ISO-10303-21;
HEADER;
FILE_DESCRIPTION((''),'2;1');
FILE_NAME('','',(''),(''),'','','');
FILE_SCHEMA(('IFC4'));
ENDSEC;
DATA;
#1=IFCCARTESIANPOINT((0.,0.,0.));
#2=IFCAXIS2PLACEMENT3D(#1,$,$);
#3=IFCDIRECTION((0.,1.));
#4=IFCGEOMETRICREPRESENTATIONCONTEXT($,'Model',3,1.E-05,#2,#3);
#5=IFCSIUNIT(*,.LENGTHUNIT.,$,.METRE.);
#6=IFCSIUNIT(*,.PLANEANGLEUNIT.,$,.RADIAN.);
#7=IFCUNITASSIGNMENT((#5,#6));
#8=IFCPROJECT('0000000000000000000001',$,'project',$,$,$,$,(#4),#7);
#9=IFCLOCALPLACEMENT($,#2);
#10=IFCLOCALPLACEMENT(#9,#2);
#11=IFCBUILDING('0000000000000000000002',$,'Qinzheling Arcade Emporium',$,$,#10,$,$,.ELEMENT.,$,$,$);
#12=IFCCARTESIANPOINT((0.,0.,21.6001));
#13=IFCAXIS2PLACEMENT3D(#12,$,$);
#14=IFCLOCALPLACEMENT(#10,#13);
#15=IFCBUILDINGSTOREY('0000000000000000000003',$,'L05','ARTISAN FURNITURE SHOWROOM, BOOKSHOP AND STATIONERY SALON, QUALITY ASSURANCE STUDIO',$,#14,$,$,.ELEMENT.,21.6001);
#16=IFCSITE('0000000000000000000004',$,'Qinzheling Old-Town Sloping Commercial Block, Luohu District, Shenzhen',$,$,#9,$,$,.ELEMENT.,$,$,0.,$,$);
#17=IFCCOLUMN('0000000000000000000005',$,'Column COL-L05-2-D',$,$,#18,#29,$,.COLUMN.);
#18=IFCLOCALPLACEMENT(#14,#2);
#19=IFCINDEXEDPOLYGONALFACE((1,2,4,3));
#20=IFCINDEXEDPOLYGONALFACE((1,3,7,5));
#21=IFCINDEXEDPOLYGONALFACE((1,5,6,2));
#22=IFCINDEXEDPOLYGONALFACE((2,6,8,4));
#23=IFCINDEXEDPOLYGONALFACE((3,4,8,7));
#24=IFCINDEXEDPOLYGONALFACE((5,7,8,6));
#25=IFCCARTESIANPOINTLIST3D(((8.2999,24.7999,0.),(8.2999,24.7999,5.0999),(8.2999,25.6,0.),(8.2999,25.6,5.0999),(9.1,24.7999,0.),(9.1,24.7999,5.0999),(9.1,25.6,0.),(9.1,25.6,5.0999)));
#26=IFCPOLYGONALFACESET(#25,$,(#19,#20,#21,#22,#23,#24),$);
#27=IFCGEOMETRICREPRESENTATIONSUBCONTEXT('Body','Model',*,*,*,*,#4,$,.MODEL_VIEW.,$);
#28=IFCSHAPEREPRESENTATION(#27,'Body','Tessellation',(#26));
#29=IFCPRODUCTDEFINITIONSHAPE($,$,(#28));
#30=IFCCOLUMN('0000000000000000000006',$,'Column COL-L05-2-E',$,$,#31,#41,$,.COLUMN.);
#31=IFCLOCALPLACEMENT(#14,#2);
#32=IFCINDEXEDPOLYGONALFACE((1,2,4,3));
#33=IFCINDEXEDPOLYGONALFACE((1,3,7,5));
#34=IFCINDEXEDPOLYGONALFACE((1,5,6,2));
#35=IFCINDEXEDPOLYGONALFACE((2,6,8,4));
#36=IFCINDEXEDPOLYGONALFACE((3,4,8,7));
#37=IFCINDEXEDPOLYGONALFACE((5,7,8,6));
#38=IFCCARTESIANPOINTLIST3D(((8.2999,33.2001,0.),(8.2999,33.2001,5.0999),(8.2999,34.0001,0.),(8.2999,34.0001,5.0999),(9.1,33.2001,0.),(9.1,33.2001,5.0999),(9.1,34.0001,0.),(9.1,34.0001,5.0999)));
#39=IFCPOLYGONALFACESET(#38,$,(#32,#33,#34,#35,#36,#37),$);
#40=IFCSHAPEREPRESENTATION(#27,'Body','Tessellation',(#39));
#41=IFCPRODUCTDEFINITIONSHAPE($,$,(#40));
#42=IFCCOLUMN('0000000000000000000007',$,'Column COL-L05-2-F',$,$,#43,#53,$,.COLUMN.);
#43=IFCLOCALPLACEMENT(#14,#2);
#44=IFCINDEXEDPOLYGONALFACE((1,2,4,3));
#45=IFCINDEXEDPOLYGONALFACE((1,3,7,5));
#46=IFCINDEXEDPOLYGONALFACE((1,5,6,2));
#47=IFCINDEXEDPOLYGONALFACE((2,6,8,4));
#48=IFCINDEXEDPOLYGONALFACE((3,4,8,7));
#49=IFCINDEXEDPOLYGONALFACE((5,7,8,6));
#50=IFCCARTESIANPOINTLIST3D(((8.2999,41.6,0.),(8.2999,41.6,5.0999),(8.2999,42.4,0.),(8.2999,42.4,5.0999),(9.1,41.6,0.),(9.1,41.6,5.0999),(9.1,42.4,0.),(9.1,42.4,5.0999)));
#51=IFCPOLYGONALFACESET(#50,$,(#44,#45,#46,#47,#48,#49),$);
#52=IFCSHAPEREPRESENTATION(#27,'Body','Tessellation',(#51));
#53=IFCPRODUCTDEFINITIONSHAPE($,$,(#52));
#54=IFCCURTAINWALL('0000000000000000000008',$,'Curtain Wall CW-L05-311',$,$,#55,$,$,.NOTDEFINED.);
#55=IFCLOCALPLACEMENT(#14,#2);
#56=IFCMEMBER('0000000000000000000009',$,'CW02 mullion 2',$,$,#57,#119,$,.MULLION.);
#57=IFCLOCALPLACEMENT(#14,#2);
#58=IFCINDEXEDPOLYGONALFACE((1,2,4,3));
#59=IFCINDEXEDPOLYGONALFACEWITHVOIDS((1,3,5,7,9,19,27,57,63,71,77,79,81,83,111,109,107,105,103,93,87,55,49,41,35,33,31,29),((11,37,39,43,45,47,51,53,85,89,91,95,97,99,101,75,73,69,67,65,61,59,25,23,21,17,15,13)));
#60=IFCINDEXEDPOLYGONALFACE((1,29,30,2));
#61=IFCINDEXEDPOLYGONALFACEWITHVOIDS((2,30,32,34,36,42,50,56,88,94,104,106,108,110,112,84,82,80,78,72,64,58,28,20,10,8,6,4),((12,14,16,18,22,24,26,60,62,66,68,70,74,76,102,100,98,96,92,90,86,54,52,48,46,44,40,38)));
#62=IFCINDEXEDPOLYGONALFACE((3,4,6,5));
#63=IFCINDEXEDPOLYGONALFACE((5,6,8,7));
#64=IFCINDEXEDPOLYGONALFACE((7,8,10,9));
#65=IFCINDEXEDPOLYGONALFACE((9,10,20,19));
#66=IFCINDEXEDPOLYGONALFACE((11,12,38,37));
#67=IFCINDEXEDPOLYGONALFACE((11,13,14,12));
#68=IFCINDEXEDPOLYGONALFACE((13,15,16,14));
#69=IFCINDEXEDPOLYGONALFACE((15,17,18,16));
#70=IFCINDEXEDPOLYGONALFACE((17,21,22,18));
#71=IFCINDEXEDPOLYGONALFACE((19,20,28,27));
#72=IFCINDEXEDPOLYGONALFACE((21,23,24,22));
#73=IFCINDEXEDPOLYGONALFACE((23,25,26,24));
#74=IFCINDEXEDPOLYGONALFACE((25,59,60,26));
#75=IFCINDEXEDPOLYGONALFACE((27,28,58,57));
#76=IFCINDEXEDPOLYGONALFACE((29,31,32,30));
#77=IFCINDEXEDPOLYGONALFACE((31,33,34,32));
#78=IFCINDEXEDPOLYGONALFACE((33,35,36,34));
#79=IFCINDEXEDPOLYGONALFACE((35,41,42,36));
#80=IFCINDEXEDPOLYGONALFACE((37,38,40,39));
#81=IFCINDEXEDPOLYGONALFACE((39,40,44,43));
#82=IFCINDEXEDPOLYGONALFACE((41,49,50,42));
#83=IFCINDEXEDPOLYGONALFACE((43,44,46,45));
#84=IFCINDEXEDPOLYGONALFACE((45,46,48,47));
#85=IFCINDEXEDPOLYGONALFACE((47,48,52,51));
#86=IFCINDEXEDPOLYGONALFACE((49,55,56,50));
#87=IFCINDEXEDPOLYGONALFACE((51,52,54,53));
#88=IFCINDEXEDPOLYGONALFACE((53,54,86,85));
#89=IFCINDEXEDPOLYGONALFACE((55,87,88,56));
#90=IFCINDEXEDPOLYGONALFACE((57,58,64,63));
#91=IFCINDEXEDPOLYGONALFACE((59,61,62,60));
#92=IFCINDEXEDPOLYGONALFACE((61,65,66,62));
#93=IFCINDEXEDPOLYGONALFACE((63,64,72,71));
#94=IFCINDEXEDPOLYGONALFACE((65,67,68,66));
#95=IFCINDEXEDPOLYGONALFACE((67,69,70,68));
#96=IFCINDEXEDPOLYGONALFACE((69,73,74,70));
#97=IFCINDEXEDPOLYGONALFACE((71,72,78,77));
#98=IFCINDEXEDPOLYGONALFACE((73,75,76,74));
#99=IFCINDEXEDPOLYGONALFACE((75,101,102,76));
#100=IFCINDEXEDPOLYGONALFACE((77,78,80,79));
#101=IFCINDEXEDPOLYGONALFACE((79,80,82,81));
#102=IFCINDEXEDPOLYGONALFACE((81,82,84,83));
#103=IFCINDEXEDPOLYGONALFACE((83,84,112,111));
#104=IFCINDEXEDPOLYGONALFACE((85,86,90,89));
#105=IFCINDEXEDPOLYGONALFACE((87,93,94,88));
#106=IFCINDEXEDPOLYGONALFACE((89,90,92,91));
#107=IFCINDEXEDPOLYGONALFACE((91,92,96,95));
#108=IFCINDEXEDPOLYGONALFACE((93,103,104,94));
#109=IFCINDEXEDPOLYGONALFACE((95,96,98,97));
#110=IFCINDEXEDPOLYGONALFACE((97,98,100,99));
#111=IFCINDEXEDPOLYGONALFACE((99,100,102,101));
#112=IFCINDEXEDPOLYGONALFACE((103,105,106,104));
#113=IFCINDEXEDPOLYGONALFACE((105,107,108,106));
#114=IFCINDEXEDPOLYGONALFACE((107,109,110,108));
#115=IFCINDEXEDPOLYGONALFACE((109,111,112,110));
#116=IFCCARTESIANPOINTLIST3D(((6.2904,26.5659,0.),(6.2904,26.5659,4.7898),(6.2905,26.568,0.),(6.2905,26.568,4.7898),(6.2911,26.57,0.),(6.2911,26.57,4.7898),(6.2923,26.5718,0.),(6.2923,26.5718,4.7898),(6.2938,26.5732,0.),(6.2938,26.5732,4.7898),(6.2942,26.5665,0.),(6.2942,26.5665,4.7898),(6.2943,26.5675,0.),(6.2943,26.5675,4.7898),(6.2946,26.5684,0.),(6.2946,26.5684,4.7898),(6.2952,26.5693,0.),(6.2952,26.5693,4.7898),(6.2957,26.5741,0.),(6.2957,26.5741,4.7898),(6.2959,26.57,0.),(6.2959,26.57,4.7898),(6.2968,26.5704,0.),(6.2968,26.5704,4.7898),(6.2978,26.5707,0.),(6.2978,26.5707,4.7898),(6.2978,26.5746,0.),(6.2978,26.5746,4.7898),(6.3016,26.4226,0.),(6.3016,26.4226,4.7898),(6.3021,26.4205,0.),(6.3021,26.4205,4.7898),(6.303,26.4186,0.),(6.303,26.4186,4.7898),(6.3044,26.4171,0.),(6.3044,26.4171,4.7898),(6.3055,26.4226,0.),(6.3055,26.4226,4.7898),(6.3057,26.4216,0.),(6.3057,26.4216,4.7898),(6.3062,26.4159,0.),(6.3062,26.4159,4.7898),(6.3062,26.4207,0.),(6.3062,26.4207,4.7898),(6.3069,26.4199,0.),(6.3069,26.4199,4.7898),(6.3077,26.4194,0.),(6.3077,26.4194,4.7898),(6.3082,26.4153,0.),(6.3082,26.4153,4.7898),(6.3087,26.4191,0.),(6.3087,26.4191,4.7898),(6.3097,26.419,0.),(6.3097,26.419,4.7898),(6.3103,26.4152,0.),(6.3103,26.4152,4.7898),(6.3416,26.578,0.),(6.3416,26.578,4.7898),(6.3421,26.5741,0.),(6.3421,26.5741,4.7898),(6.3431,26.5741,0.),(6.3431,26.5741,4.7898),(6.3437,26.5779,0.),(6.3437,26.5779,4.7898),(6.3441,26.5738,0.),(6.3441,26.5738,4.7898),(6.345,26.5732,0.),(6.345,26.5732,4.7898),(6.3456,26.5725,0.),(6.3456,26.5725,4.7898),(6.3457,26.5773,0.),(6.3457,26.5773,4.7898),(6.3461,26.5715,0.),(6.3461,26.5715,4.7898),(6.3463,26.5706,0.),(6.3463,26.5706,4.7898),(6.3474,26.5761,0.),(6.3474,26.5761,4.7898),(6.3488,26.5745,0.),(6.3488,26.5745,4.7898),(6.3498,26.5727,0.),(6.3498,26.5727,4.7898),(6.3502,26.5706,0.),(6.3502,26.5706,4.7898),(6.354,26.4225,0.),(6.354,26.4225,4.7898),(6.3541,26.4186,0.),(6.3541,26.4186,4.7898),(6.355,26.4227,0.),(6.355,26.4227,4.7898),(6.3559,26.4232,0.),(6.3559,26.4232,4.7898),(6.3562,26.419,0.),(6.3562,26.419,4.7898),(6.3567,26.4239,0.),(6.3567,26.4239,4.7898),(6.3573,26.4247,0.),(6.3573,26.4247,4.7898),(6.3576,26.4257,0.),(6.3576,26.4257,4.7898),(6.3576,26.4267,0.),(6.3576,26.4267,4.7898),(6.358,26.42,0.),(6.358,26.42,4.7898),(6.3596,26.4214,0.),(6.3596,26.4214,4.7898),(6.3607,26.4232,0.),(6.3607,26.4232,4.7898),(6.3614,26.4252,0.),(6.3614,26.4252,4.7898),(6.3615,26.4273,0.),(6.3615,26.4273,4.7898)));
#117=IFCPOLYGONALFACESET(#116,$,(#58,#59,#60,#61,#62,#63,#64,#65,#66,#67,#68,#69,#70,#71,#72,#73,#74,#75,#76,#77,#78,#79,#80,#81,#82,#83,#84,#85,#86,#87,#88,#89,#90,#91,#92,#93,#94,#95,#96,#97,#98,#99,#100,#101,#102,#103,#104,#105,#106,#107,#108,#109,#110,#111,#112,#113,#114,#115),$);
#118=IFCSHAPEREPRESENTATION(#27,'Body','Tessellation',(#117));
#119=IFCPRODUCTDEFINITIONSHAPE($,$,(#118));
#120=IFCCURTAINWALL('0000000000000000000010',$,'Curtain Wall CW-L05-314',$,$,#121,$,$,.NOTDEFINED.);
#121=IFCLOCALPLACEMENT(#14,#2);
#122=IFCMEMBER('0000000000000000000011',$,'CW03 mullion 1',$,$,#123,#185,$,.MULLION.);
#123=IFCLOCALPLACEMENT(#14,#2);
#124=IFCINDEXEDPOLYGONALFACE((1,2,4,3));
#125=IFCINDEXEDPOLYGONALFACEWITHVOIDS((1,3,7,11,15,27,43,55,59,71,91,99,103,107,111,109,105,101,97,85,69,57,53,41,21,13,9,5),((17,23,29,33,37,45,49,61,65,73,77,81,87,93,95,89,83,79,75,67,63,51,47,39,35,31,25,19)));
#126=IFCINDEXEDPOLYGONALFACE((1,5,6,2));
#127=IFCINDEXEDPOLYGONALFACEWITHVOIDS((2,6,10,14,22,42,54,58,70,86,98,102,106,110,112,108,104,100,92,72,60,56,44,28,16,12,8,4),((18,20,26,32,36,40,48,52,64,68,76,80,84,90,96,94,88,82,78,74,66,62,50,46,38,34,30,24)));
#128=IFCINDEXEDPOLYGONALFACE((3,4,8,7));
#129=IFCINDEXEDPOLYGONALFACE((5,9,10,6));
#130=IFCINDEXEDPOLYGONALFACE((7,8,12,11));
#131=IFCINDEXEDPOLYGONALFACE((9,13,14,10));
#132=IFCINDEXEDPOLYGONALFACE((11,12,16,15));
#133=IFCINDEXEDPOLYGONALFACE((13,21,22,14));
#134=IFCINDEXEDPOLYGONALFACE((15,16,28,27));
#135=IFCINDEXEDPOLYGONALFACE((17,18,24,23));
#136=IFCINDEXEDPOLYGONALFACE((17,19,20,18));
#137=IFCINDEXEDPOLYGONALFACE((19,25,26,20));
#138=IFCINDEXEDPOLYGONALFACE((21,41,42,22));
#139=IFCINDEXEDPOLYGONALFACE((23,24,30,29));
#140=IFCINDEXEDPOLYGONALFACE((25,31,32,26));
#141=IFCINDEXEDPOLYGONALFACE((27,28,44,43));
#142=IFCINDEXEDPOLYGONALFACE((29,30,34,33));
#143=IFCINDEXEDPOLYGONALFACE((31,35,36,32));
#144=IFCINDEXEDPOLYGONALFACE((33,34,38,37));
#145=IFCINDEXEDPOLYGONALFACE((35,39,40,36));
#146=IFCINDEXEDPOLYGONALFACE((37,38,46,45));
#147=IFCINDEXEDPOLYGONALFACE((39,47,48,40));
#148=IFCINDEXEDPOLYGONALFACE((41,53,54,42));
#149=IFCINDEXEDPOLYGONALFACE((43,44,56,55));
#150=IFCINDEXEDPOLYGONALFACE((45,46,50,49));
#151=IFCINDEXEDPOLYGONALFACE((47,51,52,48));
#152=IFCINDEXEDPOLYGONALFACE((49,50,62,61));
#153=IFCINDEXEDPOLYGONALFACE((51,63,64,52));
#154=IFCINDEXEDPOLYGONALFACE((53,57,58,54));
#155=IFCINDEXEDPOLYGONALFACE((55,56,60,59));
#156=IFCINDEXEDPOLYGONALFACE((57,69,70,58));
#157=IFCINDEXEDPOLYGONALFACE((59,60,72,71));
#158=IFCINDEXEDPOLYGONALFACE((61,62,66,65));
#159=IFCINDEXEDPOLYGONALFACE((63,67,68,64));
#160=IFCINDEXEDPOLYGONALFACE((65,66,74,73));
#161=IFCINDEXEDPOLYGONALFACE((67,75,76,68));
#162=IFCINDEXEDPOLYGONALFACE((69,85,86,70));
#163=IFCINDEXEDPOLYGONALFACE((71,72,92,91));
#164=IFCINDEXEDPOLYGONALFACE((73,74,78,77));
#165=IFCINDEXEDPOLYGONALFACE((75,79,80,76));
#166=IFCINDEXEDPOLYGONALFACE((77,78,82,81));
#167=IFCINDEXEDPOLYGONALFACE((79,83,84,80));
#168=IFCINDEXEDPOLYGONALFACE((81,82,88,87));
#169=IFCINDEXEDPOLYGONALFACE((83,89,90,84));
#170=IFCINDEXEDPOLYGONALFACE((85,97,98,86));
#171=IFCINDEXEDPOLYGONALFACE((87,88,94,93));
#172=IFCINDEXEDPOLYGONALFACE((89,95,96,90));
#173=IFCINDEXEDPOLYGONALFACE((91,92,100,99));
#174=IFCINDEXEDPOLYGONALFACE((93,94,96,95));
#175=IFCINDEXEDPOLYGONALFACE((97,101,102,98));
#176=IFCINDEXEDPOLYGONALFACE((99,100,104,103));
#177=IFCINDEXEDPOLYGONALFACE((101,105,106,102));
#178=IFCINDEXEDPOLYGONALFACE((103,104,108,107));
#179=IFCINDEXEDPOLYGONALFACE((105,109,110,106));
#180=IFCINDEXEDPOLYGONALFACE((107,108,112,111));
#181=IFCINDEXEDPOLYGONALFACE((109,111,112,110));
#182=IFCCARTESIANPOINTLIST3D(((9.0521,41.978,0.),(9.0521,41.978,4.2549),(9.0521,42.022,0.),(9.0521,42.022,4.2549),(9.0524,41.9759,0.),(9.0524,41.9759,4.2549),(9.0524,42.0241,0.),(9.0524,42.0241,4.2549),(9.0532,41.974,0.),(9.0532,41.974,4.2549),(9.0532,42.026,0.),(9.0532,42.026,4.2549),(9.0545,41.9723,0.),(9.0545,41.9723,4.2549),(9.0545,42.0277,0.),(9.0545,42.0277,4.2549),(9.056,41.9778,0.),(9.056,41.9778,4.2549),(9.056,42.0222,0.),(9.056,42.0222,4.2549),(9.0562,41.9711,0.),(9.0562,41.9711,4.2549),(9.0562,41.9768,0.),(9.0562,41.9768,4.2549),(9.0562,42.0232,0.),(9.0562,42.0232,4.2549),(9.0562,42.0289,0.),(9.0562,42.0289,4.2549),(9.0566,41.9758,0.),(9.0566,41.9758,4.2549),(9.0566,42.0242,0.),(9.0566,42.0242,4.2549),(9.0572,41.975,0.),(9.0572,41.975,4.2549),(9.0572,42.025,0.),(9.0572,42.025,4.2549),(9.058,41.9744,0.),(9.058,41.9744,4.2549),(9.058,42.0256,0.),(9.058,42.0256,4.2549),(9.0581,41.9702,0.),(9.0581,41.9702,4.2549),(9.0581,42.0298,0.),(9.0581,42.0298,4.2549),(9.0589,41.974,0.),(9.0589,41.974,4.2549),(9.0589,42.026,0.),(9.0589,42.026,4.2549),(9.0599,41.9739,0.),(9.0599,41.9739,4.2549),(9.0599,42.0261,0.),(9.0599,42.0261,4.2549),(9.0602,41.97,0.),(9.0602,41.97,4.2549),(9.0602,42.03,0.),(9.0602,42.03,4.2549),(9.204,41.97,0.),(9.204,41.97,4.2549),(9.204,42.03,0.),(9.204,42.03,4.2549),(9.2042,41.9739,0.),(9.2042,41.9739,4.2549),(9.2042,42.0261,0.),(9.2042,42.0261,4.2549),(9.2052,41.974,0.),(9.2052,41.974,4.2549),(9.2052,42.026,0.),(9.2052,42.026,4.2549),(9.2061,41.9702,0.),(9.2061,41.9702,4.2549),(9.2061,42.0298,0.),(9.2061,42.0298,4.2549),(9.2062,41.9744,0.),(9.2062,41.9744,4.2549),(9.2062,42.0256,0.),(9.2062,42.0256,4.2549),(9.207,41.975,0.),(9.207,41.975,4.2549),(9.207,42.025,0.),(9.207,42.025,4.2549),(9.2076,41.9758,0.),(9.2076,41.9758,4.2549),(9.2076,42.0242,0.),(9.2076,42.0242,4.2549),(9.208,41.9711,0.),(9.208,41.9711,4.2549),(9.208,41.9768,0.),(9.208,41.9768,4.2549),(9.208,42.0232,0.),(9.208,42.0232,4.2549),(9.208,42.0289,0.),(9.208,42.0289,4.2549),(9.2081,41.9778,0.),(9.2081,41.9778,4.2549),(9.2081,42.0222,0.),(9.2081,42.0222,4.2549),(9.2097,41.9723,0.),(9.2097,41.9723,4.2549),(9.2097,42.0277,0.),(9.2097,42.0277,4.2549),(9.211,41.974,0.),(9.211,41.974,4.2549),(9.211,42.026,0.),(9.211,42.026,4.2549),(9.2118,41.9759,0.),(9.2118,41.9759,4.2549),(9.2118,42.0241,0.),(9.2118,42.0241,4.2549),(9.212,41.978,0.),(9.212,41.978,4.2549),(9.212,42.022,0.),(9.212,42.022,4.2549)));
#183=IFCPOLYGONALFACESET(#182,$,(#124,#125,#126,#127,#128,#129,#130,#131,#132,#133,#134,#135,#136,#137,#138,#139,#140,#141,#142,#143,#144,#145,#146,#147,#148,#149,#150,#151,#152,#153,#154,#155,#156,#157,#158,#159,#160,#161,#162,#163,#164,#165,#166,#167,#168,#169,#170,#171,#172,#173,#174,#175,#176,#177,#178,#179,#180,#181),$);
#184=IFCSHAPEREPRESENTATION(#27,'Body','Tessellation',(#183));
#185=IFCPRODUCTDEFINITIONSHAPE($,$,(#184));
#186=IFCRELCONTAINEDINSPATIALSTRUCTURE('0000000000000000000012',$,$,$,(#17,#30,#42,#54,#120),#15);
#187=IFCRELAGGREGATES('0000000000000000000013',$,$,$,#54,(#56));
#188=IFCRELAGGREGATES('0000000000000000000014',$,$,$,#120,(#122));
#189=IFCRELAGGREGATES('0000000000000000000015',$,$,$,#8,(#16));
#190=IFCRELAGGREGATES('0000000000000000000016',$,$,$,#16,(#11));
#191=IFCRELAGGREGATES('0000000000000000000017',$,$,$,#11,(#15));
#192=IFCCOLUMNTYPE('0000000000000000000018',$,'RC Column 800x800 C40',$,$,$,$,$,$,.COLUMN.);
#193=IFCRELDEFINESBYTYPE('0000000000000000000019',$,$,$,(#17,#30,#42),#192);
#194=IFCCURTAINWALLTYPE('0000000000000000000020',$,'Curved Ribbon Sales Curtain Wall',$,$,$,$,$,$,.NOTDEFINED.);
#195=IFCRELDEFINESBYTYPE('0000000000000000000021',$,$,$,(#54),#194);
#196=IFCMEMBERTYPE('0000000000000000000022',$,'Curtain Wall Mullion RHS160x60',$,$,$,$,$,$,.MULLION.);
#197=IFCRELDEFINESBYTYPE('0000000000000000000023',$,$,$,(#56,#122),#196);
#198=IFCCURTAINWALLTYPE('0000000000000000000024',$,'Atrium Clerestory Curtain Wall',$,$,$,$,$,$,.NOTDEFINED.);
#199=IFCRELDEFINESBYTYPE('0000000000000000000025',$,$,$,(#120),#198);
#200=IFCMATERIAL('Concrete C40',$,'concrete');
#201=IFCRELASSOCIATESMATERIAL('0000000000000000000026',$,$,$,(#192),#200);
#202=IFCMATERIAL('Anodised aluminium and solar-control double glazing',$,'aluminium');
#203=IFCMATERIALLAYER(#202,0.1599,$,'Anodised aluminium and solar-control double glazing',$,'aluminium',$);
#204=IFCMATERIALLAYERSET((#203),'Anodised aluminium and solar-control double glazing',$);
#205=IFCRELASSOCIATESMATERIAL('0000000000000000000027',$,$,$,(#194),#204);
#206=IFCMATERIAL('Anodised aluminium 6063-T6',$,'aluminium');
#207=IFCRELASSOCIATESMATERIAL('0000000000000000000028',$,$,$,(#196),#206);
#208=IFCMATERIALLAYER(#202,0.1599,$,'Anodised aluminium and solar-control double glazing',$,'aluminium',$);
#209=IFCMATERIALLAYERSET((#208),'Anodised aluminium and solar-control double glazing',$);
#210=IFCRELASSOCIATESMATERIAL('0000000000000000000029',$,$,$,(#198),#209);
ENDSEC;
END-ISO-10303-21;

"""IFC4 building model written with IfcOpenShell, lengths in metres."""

from ifc_helpers import new_model, si_unit, direction, frame, origin, origin_2d, place, context, subcontext, project, spatial, rectangle, hollow_rectangle, extrude, material, layer, layer_set, material_profile, profile_set, type_object, element, aggregate, save


model = new_model("IFC4")

# Units and contexts
model_context = context("Model", 3, precision=1e-05, world=origin(), true_north=direction((0.0, 1.0)))
body_context = subcontext(model_context, "Body", "Model", "MODEL_VIEW")
ifc_project = project(units=[si_unit("LENGTHUNIT", "METRE"), si_unit("PLANEANGLEUNIT", "RADIAN")], contexts=[model_context])

# Site, building, storey
site_placement = place(None, origin())
site = spatial("IfcSite", under=ifc_project, at=site_placement, Name="Qinzheling Old-Town Sloping Commercial Block, Luohu District, Shenzhen", CompositionType="ELEMENT", RefElevation=0.0)
building_placement = place(site_placement, origin())
building = spatial("IfcBuilding", under=site, at=building_placement, Name="Qinzheling Arcade Emporium", CompositionType="ELEMENT")
storey_placement = place(building_placement, frame((0.0, 0.0, 21.6001)))
storey = spatial("IfcBuildingStorey", under=building, at=storey_placement, Name="L05", Description="ARTISAN FURNITURE SHOWROOM, BOOKSHOP AND STATIONERY SALON, QUALITY ASSURANCE STUDIO", CompositionType="ELEMENT", Elevation=21.6001)

# Columns
ifc_material_1 = material(Name="Concrete C40", Category="concrete")
ifc_material_profile_1 = material_profile(ifc_material_1, rectangle(XDim=0.8, YDim=0.8, at=origin_2d()), Name="RC 800x800", Category="concrete")
ifc_profile_set_1 = profile_set([ifc_material_profile_1], Name="Concrete C40")
column_type = type_object("IfcColumnType", Name="RC Column 800x800 C40", PredefinedType="COLUMN", material=ifc_profile_set_1)
for number, where, z_axis, x_axis, name in (
    (1, (8.7, 25.2, 0.0), (0.0, 0.0, 1.0), (1.0, 0.0, 0.0), "Column COL-L05-2-D"),
    (2, (8.7, 33.6001, 0.0), (0.0, 0.0, 1.0), (1.0, 0.0, 0.0), "Column COL-L05-2-E"),
    (3, (8.7, 42.0, 0.0), (0.0, 0.0, 1.0), (1.0, 0.0, 0.0), "Column COL-L05-2-F"),
):
    element("IfcColumn", number, at=place(storey_placement, frame(where, z_axis=z_axis, x_axis=x_axis)), inside=storey, type_object=column_type, Name=name, PredefinedType="COLUMN", context=body_context, shape_type="SweptSolid", body=[
        extrude(rectangle(XDim=0.8, YDim=0.8, at=origin_2d()), origin(), (0.0, 0.0, 1.0), 5.0999),
    ])

# Curtain wall, member
ifc_material_2 = material(Name="Anodised aluminium and solar-control double glazing", Category="aluminium")
ifc_layer_1 = layer(ifc_material_2, 0.1599, Name="Anodised aluminium and solar-control double glazing", Category="aluminium")
ifc_layer_set_1 = layer_set([ifc_layer_1], Name="Anodised aluminium and solar-control double glazing")
curtain_wall_type_1 = type_object("IfcCurtainWallType", Name="Curved Ribbon Sales Curtain Wall", PredefinedType="NOTDEFINED", material=ifc_layer_set_1)
curtain_wall_1_placement = place(storey_placement, origin())
curtain_wall_1 = element("IfcCurtainWall", 4, at=curtain_wall_1_placement, inside=storey, type_object=curtain_wall_type_1, Name="Curtain Wall CW-L05-311", PredefinedType="NOTDEFINED")
ifc_material_3 = material(Name="Anodised aluminium 6063-T6", Category="aluminium")
ifc_material_profile_2 = material_profile(ifc_material_3, hollow_rectangle(XDim=0.0601, YDim=0.1599, WallThickness=0.0039, InnerFilletRadius=0.0039, OuterFilletRadius=0.0081, at=origin_2d()), Name="RHS 160x60x4", Category="aluminium")
ifc_profile_set_2 = profile_set([ifc_material_profile_2], Name="Anodised aluminium 6063-T6")
member_type_1 = type_object("IfcMemberType", Name="Curtain Wall Mullion RHS160x60", PredefinedType="MULLION", material=ifc_profile_set_2)
member_1_placement = place(storey_placement, frame((6.3259, 26.4966, 0.0), z_axis=(0.0, 0.0, 1.0), x_axis=(-0.996927, -0.078337, 0.0)))
member_1 = element("IfcMember", 5, at=member_1_placement, type_object=member_type_1, Name="CW02 mullion 2", PredefinedType="MULLION", context=body_context, shape_type="SweptSolid", body=[
    extrude(hollow_rectangle(XDim=0.0601, YDim=0.1599, WallThickness=0.0039, InnerFilletRadius=0.0039, OuterFilletRadius=0.0081, at=origin_2d()), origin(), (0.0, 0.0, 1.0), 4.7898),
])

# Curtain wall, member
ifc_layer_2 = layer(ifc_material_2, 0.1599, Name="Anodised aluminium and solar-control double glazing", Category="aluminium")
ifc_layer_set_2 = layer_set([ifc_layer_2], Name="Anodised aluminium and solar-control double glazing")
curtain_wall_type_2 = type_object("IfcCurtainWallType", Name="Atrium Clerestory Curtain Wall", PredefinedType="NOTDEFINED", material=ifc_layer_set_2)
curtain_wall_2_placement = place(storey_placement, origin())
curtain_wall_2 = element("IfcCurtainWall", 6, at=curtain_wall_2_placement, inside=storey, type_object=curtain_wall_type_2, Name="Curtain Wall CW-L05-314", PredefinedType="NOTDEFINED")
member_2_placement = place(storey_placement, frame((9.1321, 42.0, 0.0), z_axis=(0.0, 0.0, 1.0), x_axis=(0.0, 1.0, 0.0)))
member_2 = element("IfcMember", 7, at=member_2_placement, type_object=member_type_1, Name="CW03 mullion 1", PredefinedType="MULLION", context=body_context, shape_type="SweptSolid", body=[
    extrude(hollow_rectangle(XDim=0.0601, YDim=0.1599, WallThickness=0.0039, InnerFilletRadius=0.0039, OuterFilletRadius=0.0081, at=origin_2d()), origin(), (0.0, 0.0, 1.0), 4.2549),
])

aggregate(curtain_wall_1, [member_1])
aggregate(curtain_wall_2, [member_2])

save(model, "model.ifc")
